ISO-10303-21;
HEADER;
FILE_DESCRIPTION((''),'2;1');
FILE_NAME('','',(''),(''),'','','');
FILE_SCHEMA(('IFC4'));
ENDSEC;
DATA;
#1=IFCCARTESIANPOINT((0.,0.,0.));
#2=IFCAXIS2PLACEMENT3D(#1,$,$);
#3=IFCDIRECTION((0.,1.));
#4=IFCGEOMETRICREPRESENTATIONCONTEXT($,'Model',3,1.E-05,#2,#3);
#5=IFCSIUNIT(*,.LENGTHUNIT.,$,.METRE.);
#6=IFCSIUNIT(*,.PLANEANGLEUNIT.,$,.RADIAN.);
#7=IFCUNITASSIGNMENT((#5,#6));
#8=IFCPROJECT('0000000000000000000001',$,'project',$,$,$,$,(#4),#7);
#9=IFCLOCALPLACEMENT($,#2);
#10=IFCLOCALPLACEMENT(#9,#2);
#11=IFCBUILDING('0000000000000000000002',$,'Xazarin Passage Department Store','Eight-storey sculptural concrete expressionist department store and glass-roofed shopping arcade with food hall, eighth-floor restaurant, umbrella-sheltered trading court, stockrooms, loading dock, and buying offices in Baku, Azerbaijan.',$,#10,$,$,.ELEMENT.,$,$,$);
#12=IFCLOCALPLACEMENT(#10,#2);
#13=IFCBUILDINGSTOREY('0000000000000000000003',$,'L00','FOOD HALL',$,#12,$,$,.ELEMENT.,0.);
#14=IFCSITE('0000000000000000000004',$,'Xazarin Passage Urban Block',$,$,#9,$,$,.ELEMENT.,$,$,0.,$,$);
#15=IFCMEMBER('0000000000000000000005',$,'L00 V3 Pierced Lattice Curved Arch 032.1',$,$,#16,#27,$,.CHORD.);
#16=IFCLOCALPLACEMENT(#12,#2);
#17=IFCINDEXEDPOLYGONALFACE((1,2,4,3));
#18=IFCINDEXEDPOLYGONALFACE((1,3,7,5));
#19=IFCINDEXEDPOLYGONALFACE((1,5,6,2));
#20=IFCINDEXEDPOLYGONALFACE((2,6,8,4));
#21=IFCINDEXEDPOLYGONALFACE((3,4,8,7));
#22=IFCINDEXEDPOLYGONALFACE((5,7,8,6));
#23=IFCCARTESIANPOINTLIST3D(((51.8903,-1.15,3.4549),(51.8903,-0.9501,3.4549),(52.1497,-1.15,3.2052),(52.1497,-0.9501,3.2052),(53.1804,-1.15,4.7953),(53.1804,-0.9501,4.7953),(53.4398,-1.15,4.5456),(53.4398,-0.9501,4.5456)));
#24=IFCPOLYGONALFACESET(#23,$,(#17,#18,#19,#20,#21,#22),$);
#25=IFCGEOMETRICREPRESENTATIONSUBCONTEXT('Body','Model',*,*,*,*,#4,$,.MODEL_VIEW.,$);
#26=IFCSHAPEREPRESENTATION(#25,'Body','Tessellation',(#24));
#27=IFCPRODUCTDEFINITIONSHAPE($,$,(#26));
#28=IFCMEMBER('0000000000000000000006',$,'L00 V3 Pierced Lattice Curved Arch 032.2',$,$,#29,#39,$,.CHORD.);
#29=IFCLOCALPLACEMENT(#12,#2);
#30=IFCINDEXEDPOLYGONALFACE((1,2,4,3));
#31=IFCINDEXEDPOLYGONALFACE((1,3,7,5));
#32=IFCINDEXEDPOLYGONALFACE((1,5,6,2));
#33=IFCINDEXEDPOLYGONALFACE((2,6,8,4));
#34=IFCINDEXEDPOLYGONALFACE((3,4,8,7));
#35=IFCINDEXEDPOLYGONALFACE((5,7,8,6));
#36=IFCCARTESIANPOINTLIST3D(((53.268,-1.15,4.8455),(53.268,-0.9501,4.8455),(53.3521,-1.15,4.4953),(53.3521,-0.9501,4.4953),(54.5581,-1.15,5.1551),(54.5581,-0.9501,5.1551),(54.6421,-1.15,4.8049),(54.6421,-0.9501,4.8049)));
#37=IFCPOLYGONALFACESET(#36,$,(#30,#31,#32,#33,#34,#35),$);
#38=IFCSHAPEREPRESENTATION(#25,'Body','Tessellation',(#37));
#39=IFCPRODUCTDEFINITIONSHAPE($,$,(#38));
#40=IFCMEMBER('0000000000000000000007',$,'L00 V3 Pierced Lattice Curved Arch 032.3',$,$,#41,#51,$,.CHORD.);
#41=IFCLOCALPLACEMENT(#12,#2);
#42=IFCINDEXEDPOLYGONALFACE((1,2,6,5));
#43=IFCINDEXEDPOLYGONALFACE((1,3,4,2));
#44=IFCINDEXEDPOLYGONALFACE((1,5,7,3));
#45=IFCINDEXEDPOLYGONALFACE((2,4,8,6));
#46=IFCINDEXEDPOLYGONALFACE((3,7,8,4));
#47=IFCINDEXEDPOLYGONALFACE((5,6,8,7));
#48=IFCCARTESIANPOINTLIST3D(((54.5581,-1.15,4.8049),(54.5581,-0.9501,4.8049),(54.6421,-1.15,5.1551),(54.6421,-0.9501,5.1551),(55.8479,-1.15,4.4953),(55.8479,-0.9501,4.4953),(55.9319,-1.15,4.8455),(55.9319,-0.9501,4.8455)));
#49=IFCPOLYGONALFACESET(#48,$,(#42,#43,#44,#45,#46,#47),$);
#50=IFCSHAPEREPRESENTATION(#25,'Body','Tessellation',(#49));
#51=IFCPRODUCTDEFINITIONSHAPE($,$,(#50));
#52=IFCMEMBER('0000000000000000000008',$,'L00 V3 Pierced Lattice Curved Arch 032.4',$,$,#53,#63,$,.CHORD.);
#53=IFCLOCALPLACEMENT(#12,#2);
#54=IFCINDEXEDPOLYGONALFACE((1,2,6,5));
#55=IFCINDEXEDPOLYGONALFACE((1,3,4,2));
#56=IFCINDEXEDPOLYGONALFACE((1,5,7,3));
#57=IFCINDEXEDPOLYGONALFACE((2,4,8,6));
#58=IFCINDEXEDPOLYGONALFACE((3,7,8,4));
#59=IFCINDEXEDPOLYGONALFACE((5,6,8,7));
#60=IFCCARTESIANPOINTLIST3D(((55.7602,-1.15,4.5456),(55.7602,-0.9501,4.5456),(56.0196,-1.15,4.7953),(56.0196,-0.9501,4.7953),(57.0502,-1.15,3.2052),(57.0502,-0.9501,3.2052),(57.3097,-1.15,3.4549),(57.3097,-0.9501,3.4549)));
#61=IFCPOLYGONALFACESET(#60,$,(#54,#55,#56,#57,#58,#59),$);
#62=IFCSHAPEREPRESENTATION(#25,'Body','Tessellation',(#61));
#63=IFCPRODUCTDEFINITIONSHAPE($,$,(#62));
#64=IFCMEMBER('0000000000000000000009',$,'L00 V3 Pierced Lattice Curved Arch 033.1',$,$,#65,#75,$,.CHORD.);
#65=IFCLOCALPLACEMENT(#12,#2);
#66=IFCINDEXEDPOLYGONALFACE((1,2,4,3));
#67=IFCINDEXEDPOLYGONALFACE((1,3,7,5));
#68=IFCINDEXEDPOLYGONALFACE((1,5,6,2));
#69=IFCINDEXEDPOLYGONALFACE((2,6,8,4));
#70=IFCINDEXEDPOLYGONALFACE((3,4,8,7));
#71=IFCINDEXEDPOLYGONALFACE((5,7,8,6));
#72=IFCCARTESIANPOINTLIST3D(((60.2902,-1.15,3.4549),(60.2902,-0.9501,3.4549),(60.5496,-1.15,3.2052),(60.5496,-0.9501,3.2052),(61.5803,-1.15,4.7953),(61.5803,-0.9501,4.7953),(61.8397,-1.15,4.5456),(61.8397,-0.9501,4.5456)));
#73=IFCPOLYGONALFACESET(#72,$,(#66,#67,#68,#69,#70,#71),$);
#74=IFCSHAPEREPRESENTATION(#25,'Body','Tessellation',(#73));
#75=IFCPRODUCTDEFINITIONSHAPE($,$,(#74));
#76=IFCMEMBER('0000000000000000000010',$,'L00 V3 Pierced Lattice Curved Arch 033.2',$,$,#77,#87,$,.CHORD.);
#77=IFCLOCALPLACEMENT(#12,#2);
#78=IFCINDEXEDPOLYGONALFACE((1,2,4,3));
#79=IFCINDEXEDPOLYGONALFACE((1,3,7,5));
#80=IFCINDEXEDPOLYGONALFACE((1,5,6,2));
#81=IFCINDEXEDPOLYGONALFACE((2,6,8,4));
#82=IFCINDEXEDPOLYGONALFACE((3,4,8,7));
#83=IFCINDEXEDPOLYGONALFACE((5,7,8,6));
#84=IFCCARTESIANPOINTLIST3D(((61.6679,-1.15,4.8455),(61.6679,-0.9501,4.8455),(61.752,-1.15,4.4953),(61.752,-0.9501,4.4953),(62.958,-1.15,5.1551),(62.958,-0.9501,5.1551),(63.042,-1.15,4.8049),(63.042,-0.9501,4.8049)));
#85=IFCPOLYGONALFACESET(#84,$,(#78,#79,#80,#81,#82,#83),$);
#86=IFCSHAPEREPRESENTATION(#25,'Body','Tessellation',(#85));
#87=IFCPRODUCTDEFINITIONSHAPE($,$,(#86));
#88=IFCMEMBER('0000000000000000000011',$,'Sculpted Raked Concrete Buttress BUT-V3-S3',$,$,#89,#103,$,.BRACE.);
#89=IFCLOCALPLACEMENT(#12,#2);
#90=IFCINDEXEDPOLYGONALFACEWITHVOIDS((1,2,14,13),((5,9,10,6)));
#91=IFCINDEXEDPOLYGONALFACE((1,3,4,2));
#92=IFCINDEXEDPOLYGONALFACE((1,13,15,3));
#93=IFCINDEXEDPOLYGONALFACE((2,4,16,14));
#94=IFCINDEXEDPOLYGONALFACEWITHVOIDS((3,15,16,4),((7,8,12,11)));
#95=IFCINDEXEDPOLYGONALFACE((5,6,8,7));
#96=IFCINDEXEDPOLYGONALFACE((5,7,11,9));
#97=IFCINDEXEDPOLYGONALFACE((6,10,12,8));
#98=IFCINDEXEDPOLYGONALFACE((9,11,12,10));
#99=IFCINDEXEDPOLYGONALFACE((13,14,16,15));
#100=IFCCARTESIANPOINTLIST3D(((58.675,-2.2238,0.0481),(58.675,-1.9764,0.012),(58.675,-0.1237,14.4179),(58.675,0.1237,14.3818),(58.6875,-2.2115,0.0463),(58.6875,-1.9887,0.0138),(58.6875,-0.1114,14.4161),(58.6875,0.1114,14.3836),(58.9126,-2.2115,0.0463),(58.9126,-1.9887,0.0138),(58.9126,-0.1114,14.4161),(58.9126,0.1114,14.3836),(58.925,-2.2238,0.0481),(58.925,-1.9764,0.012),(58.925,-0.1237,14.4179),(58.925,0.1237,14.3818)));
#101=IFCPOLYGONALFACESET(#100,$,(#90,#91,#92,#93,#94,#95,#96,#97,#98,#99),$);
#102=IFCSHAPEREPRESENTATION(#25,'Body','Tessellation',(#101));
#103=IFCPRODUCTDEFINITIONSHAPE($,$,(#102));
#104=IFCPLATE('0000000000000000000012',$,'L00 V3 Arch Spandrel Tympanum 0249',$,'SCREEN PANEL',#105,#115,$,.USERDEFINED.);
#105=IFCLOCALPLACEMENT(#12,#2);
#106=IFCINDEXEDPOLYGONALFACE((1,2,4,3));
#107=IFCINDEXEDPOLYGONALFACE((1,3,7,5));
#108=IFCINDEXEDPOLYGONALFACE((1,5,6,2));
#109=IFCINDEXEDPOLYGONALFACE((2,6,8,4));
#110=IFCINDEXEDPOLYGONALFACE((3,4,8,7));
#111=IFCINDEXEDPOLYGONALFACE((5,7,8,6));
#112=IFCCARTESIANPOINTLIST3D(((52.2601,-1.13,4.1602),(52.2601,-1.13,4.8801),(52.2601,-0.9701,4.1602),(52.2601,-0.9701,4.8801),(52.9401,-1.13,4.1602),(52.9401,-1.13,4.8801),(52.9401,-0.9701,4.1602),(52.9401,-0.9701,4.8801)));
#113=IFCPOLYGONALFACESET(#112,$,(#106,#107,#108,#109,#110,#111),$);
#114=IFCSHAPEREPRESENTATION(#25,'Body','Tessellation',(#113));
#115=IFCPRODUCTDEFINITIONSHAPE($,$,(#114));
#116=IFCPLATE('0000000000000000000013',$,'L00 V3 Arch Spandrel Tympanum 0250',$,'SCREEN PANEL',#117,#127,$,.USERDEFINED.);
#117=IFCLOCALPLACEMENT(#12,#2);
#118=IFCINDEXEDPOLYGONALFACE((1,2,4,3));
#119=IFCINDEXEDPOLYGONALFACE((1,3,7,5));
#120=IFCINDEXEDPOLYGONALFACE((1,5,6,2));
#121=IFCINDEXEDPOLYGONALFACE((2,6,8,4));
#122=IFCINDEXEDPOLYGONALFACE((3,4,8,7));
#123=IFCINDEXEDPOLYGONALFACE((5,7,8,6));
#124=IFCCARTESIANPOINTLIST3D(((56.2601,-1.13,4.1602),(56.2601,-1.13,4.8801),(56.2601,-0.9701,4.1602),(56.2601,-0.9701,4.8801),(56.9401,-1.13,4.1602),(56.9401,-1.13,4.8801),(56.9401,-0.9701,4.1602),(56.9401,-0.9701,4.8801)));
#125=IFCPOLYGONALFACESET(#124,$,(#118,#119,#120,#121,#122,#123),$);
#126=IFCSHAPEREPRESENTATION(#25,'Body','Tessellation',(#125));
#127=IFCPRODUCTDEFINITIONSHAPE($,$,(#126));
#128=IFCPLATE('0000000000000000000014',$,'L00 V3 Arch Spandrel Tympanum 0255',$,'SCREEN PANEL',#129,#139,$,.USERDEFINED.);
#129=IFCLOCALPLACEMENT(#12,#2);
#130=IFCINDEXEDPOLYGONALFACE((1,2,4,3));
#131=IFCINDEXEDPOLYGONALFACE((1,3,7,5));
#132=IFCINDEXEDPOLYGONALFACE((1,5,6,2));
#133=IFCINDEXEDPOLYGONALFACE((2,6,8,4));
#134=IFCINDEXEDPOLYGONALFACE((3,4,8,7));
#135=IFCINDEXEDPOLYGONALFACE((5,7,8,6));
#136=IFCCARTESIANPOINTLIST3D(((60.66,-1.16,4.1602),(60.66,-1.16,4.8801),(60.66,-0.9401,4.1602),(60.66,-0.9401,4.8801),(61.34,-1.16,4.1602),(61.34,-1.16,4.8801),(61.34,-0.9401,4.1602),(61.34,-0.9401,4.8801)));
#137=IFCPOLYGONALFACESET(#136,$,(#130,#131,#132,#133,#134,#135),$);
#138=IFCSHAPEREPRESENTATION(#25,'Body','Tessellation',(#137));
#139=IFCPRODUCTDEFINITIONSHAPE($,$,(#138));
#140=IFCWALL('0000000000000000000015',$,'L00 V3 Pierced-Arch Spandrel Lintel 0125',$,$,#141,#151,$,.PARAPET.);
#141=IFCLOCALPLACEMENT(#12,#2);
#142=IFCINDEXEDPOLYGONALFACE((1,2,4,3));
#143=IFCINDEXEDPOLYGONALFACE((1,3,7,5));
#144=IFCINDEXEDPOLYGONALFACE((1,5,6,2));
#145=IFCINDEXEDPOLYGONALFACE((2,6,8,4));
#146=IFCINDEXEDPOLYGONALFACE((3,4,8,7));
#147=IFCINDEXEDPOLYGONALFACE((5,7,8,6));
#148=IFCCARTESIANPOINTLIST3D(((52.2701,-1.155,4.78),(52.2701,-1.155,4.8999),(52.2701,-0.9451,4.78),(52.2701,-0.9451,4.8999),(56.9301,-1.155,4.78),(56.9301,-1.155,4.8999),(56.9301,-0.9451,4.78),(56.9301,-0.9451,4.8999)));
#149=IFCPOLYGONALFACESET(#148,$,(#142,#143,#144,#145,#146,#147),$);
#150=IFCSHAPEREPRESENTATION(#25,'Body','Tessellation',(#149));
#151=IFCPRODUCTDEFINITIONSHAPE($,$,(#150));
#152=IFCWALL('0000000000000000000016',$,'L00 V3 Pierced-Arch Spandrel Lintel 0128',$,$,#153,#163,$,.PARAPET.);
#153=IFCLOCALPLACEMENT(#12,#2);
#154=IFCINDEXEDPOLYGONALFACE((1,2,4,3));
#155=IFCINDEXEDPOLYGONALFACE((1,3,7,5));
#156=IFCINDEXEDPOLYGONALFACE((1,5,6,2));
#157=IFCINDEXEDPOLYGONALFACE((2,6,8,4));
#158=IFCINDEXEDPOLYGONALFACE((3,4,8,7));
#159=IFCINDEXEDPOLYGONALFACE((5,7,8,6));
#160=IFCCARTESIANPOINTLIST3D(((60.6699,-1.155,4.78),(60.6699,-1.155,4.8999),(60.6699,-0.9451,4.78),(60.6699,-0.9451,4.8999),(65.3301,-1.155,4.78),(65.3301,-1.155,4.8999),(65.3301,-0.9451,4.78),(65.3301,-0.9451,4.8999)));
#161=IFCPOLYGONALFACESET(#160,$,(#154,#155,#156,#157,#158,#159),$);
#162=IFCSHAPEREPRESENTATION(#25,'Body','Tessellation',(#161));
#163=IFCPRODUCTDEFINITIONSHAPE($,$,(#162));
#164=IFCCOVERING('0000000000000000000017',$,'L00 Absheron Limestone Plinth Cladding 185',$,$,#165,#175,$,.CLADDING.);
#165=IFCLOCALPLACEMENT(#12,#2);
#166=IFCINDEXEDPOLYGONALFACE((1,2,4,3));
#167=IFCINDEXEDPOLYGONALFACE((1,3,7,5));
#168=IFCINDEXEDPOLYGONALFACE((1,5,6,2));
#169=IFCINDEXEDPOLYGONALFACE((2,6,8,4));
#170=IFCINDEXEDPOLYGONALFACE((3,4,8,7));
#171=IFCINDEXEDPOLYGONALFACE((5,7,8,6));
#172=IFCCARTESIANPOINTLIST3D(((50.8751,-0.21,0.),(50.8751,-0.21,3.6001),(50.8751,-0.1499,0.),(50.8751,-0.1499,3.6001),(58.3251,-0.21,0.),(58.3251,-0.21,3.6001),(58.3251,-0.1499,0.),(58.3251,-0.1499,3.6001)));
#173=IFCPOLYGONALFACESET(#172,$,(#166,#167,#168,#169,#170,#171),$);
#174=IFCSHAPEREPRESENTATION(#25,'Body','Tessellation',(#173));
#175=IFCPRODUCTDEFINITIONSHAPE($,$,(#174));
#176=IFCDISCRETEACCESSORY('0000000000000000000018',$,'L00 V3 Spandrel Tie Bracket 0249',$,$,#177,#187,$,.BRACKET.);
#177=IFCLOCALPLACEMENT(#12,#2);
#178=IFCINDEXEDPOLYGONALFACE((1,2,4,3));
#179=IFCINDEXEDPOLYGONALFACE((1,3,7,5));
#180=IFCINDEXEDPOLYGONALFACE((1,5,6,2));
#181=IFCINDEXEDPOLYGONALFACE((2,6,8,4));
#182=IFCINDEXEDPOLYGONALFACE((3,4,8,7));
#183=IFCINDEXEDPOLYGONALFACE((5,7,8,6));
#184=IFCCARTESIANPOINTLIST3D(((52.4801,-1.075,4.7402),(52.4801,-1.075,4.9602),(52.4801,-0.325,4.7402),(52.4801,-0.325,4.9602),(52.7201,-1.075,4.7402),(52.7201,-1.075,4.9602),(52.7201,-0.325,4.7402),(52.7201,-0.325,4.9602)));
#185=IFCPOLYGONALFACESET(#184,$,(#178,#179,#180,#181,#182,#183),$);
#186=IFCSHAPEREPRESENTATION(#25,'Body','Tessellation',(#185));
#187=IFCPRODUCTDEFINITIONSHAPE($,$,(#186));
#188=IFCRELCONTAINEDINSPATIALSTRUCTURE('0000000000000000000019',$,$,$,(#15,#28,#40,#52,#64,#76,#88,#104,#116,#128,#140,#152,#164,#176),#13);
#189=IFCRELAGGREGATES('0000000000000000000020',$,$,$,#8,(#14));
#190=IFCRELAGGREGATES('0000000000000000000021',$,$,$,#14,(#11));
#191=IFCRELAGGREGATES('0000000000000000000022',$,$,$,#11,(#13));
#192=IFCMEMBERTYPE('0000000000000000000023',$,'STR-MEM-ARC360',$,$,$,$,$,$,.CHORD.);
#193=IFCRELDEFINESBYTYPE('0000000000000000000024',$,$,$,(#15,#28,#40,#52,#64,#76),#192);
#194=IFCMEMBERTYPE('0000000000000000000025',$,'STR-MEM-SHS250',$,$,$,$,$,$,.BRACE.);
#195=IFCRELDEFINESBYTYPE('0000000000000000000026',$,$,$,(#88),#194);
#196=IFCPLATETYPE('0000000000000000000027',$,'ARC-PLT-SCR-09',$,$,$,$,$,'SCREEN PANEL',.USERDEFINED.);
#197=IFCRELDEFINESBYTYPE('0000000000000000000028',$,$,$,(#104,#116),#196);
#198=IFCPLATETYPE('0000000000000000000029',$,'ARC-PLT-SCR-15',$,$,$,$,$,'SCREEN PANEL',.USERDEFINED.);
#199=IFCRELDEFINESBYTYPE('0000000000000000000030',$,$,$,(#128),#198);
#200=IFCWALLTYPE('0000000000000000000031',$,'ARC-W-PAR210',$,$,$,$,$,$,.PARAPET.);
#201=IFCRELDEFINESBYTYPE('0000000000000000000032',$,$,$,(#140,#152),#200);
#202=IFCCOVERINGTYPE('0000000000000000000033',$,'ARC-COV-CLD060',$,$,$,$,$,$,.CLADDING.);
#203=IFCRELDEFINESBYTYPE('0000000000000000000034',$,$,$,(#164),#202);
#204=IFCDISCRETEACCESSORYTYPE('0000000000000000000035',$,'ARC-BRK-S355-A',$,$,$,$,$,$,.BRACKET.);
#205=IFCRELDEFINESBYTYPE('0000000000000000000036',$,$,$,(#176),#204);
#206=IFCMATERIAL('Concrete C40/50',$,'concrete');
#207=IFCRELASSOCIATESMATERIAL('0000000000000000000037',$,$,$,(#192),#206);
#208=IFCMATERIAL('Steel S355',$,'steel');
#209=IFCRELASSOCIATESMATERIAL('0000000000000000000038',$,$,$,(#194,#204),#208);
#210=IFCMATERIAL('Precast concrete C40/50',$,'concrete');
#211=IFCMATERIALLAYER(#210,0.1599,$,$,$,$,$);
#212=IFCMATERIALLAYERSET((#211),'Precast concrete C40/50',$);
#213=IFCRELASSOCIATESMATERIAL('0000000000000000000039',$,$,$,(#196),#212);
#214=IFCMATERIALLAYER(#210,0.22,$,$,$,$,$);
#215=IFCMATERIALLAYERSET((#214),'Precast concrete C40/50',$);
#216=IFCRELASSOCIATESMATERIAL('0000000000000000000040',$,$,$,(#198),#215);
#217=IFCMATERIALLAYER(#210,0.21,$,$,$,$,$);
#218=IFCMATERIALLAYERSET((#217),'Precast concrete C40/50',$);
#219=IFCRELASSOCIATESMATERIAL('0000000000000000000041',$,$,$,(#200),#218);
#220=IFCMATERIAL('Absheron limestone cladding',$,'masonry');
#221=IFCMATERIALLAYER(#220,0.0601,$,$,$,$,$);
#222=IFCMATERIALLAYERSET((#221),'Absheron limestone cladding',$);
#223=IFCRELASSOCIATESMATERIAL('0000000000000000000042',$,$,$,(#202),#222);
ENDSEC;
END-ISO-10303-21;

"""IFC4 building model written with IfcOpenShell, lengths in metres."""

from ifc_helpers import new_model, si_unit, direction, frame, frame_2d, origin, origin_2d, place, context, subcontext, project, spatial, rectangle, hollow_rectangle, extrude, material, layer, layer_set, material_profile, profile_set, type_object, element, save


model = new_model("IFC4")

# Units and contexts
model_context = context("Model", 3, precision=1e-05, world=origin(), true_north=direction((0.0, 1.0)))
body_context = subcontext(model_context, "Body", "Model", "MODEL_VIEW")
ifc_project = project(units=[si_unit("LENGTHUNIT", "METRE"), si_unit("PLANEANGLEUNIT", "RADIAN")], contexts=[model_context])

# Site, building, storey
site_placement = place(None, origin())
site = spatial("IfcSite", under=ifc_project, at=site_placement, Name="Xazarin Passage Urban Block", CompositionType="ELEMENT", RefElevation=0.0)
building_placement = place(site_placement, origin())
building = spatial("IfcBuilding", under=site, at=building_placement, Name="Xazarin Passage Department Store", Description="Eight-storey sculptural concrete expressionist department store and glass-roofed shopping arcade with food hall, eighth-floor restaurant, umbrella-sheltered trading court, stockrooms, loading dock, and buying offices in Baku, Azerbaijan.", CompositionType="ELEMENT")
storey_placement = place(building_placement, origin())
storey = spatial("IfcBuildingStorey", under=building, at=storey_placement, Name="L00", Description="FOOD HALL", CompositionType="ELEMENT", Elevation=0.0)

# Shared definitions
ifc_material_1 = material(Name="Concrete C40/50", Category="concrete")

# Members
ifc_material_profile_1 = material_profile(ifc_material_1, rectangle(XDim=0.2, YDim=0.3601, at=origin_2d()), Name="RC 200x360")
ifc_profile_set_1 = profile_set([ifc_material_profile_1], Name="Concrete C40/50")
member_type_1 = type_object("IfcMemberType", Name="STR-MEM-ARC360", PredefinedType="CHORD", material=ifc_profile_set_1)
member_1_placement = place(storey_placement, frame((52.02, -1.05, 3.3301), z_axis=(0.69346, 0.0, 0.720495), x_axis=(0.0, 1.0, 0.0)))
element("IfcMember", 1, at=member_1_placement, inside=storey, type_object=member_type_1, Name="L00 V3 Pierced Lattice Curved Arch 032.1", PredefinedType="CHORD", context=body_context, shape_type="SweptSolid", body=[
    extrude(rectangle(XDim=0.2, YDim=0.3601, at=origin_2d()), origin(), (0.0, 0.0, 1.0), 1.8604),
])
member_2_placement = place(storey_placement, frame((53.3101, -1.05, 4.6704), z_axis=(0.972394, 0.0, 0.233345), x_axis=(0.0, 1.0, 0.0)))
element("IfcMember", 2, at=member_2_placement, inside=storey, type_object=member_type_1, Name="L00 V3 Pierced Lattice Curved Arch 032.2", PredefinedType="CHORD", context=body_context, shape_type="SweptSolid", body=[
    extrude(rectangle(XDim=0.2, YDim=0.3601, at=origin_2d()), origin(), (0.0, 0.0, 1.0), 1.3267),
])
member_3_placement = place(storey_placement, frame((54.6001, -1.05, 4.98), z_axis=(0.972384, 0.0, -0.233387), x_axis=(0.0, 1.0, 0.0)))
element("IfcMember", 3, at=member_3_placement, inside=storey, type_object=member_type_1, Name="L00 V3 Pierced Lattice Curved Arch 032.3", PredefinedType="CHORD", context=body_context, shape_type="SweptSolid", body=[
    extrude(rectangle(XDim=0.2, YDim=0.3601, at=origin_2d()), origin(), (0.0, 0.0, 1.0), 1.3264),
])
for number, where, z_axis, x_axis, name in (
    (4, (55.8899, -1.05, 4.6704), (0.69346, 0.0, -0.720495), (0.0, 1.0, 0.0), "L00 V3 Pierced Lattice Curved Arch 032.4"),
    (5, (60.4199, -1.05, 3.3301), (0.69346, 0.0, 0.720495), (0.0, 1.0, 0.0), "L00 V3 Pierced Lattice Curved Arch 033.1"),
):
    element("IfcMember", number, at=place(storey_placement, frame(where, z_axis=z_axis, x_axis=x_axis)), inside=storey, type_object=member_type_1, Name=name, PredefinedType="CHORD", context=body_context, shape_type="SweptSolid", body=[
        extrude(rectangle(XDim=0.2, YDim=0.3601, at=origin_2d()), origin(), (0.0, 0.0, 1.0), 1.8604),
    ])
member_4_placement = place(storey_placement, frame((61.71, -1.05, 4.6704), z_axis=(0.972394, 0.0, 0.233345), x_axis=(0.0, 1.0, 0.0)))
element("IfcMember", 6, at=member_4_placement, inside=storey, type_object=member_type_1, Name="L00 V3 Pierced Lattice Curved Arch 033.2", PredefinedType="CHORD", context=body_context, shape_type="SweptSolid", body=[
    extrude(rectangle(XDim=0.2, YDim=0.3601, at=origin_2d()), origin(), (0.0, 0.0, 1.0), 1.3267),
])
ifc_material_2 = material(Name="Steel S355", Category="steel")
ifc_material_profile_2 = material_profile(ifc_material_2, hollow_rectangle(XDim=0.25, YDim=0.25, WallThickness=0.0125, at=origin_2d()), Name="SHS 250x250x12.5")
ifc_profile_set_2 = profile_set([ifc_material_profile_2], Name="Steel S355")
member_type_2 = type_object("IfcMemberType", Name="STR-MEM-SHS250", PredefinedType="BRACE", material=ifc_profile_set_2)
member_5_placement = place(storey_placement, frame((58.8, -2.1001, 0.03), z_axis=(0.0, 0.14461, 0.989489), x_axis=(-1.0, 0.0, 0.0)))
element("IfcMember", 7, at=member_5_placement, inside=storey, type_object=member_type_2, Name="Sculpted Raked Concrete Buttress BUT-V3-S3", PredefinedType="BRACE", context=body_context, shape_type="SweptSolid", body=[
    extrude(hollow_rectangle(XDim=0.25, YDim=0.25, WallThickness=0.0125, at=origin_2d()), origin(), (0.0, 0.0, 1.0), 14.5225),
])

# Plates
ifc_material_3 = material(Name="Precast concrete C40/50", Category="concrete")
ifc_layer_1 = layer(ifc_material_3, 0.1599)
ifc_layer_set_1 = layer_set([ifc_layer_1], Name="Precast concrete C40/50")
plate_type_1 = type_object("IfcPlateType", Name="ARC-PLT-SCR-09", ElementType="SCREEN PANEL", PredefinedType="USERDEFINED", material=ifc_layer_set_1)
for number, where, z_axis, x_axis, name in (
    (8, (52.6001, -1.05, 4.1602), (0.0, 0.0, 1.0), (1.0, 0.0, 0.0), "L00 V3 Arch Spandrel Tympanum 0249"),
    (9, (56.6001, -1.05, 4.1602), (0.0, 0.0, 1.0), (1.0, 0.0, 0.0), "L00 V3 Arch Spandrel Tympanum 0250"),
):
    element("IfcPlate", number, at=place(storey_placement, frame(where, z_axis=z_axis, x_axis=x_axis)), inside=storey, type_object=plate_type_1, Name=name, ObjectType="SCREEN PANEL", PredefinedType="USERDEFINED", context=body_context, shape_type="SweptSolid", body=[
        extrude(rectangle(XDim=0.6799, YDim=0.1599, at=origin_2d()), origin(), (0.0, 0.0, 1.0), 0.72),
    ])
ifc_layer_2 = layer(ifc_material_3, 0.22)
ifc_layer_set_2 = layer_set([ifc_layer_2], Name="Precast concrete C40/50")
plate_type_2 = type_object("IfcPlateType", Name="ARC-PLT-SCR-15", ElementType="SCREEN PANEL", PredefinedType="USERDEFINED", material=ifc_layer_set_2)
plate_placement = place(storey_placement, frame((61.0, -1.05, 4.1602), z_axis=(0.0, 0.0, 1.0), x_axis=(1.0, 0.0, 0.0)))
element("IfcPlate", 10, at=plate_placement, inside=storey, type_object=plate_type_2, Name="L00 V3 Arch Spandrel Tympanum 0255", ObjectType="SCREEN PANEL", PredefinedType="USERDEFINED", context=body_context, shape_type="SweptSolid", body=[
    extrude(rectangle(XDim=0.6799, YDim=0.22, at=origin_2d()), origin(), (0.0, 0.0, 1.0), 0.72),
])

# Walls
ifc_layer_3 = layer(ifc_material_3, 0.21)
ifc_layer_set_3 = layer_set([ifc_layer_3], Name="Precast concrete C40/50")
wall_type = type_object("IfcWallType", Name="ARC-W-PAR210", PredefinedType="PARAPET", material=ifc_layer_set_3)
wall_1_placement = place(storey_placement, frame((52.27, -1.05, 4.78), z_axis=(0.0, 0.0, 1.0), x_axis=(1.0, 0.0, 0.0)))
element("IfcWall", 11, at=wall_1_placement, inside=storey, type_object=wall_type, Name="L00 V3 Pierced-Arch Spandrel Lintel 0125", PredefinedType="PARAPET", context=body_context, shape_type="SweptSolid", body=[
    extrude(rectangle(XDim=4.6599, YDim=0.21, at=frame_2d((2.3301, 0.0))), origin(), (0.0, 0.0, 1.0), 0.1199),
])
wall_2_placement = place(storey_placement, frame((60.6699, -1.05, 4.78), z_axis=(0.0, 0.0, 1.0), x_axis=(1.0, 0.0, 0.0)))
element("IfcWall", 12, at=wall_2_placement, inside=storey, type_object=wall_type, Name="L00 V3 Pierced-Arch Spandrel Lintel 0128", PredefinedType="PARAPET", context=body_context, shape_type="SweptSolid", body=[
    extrude(rectangle(XDim=4.6602, YDim=0.21, at=frame_2d((2.3301, 0.0))), origin(), (0.0, 0.0, 1.0), 0.1199),
])

# Covering
ifc_material_4 = material(Name="Absheron limestone cladding", Category="masonry")
ifc_layer_4 = layer(ifc_material_4, 0.0601)
ifc_layer_set_4 = layer_set([ifc_layer_4], Name="Absheron limestone cladding")
covering_type = type_object("IfcCoveringType", Name="ARC-COV-CLD060", PredefinedType="CLADDING", material=ifc_layer_set_4)
covering_placement = place(storey_placement, frame((54.6001, -0.1799, 0.0), z_axis=(0.0, 0.0, 1.0), x_axis=(1.0, 0.0, 0.0)))
element("IfcCovering", 13, at=covering_placement, inside=storey, type_object=covering_type, Name="L00 Absheron Limestone Plinth Cladding 185", PredefinedType="CLADDING", context=body_context, shape_type="SweptSolid", body=[
    extrude(rectangle(XDim=7.45, YDim=0.0601, at=origin_2d()), origin(), (0.0, 0.0, 1.0), 3.6001),
])

# Discrete accessory
discrete_accessory_type = type_object("IfcDiscreteAccessoryType", Name="ARC-BRK-S355-A", PredefinedType="BRACKET", material=ifc_material_2)
for number, where, z_axis, x_axis, name in (
    (14, (52.6001, -0.7, 4.7402), (0.0, 0.0, 1.0), (1.0, 0.0, 0.0), "L00 V3 Spandrel Tie Bracket 0249"),
):
    element("IfcDiscreteAccessory", number, at=place(storey_placement, frame(where, z_axis=z_axis, x_axis=x_axis)), inside=storey, type_object=discrete_accessory_type, Name=name, PredefinedType="BRACKET", context=body_context, shape_type="SweptSolid", body=[
        extrude(rectangle(XDim=0.24, YDim=0.75, at=origin_2d()), origin(), (0.0, 0.0, 1.0), 0.22),
    ])

save(model, "model.ifc")
